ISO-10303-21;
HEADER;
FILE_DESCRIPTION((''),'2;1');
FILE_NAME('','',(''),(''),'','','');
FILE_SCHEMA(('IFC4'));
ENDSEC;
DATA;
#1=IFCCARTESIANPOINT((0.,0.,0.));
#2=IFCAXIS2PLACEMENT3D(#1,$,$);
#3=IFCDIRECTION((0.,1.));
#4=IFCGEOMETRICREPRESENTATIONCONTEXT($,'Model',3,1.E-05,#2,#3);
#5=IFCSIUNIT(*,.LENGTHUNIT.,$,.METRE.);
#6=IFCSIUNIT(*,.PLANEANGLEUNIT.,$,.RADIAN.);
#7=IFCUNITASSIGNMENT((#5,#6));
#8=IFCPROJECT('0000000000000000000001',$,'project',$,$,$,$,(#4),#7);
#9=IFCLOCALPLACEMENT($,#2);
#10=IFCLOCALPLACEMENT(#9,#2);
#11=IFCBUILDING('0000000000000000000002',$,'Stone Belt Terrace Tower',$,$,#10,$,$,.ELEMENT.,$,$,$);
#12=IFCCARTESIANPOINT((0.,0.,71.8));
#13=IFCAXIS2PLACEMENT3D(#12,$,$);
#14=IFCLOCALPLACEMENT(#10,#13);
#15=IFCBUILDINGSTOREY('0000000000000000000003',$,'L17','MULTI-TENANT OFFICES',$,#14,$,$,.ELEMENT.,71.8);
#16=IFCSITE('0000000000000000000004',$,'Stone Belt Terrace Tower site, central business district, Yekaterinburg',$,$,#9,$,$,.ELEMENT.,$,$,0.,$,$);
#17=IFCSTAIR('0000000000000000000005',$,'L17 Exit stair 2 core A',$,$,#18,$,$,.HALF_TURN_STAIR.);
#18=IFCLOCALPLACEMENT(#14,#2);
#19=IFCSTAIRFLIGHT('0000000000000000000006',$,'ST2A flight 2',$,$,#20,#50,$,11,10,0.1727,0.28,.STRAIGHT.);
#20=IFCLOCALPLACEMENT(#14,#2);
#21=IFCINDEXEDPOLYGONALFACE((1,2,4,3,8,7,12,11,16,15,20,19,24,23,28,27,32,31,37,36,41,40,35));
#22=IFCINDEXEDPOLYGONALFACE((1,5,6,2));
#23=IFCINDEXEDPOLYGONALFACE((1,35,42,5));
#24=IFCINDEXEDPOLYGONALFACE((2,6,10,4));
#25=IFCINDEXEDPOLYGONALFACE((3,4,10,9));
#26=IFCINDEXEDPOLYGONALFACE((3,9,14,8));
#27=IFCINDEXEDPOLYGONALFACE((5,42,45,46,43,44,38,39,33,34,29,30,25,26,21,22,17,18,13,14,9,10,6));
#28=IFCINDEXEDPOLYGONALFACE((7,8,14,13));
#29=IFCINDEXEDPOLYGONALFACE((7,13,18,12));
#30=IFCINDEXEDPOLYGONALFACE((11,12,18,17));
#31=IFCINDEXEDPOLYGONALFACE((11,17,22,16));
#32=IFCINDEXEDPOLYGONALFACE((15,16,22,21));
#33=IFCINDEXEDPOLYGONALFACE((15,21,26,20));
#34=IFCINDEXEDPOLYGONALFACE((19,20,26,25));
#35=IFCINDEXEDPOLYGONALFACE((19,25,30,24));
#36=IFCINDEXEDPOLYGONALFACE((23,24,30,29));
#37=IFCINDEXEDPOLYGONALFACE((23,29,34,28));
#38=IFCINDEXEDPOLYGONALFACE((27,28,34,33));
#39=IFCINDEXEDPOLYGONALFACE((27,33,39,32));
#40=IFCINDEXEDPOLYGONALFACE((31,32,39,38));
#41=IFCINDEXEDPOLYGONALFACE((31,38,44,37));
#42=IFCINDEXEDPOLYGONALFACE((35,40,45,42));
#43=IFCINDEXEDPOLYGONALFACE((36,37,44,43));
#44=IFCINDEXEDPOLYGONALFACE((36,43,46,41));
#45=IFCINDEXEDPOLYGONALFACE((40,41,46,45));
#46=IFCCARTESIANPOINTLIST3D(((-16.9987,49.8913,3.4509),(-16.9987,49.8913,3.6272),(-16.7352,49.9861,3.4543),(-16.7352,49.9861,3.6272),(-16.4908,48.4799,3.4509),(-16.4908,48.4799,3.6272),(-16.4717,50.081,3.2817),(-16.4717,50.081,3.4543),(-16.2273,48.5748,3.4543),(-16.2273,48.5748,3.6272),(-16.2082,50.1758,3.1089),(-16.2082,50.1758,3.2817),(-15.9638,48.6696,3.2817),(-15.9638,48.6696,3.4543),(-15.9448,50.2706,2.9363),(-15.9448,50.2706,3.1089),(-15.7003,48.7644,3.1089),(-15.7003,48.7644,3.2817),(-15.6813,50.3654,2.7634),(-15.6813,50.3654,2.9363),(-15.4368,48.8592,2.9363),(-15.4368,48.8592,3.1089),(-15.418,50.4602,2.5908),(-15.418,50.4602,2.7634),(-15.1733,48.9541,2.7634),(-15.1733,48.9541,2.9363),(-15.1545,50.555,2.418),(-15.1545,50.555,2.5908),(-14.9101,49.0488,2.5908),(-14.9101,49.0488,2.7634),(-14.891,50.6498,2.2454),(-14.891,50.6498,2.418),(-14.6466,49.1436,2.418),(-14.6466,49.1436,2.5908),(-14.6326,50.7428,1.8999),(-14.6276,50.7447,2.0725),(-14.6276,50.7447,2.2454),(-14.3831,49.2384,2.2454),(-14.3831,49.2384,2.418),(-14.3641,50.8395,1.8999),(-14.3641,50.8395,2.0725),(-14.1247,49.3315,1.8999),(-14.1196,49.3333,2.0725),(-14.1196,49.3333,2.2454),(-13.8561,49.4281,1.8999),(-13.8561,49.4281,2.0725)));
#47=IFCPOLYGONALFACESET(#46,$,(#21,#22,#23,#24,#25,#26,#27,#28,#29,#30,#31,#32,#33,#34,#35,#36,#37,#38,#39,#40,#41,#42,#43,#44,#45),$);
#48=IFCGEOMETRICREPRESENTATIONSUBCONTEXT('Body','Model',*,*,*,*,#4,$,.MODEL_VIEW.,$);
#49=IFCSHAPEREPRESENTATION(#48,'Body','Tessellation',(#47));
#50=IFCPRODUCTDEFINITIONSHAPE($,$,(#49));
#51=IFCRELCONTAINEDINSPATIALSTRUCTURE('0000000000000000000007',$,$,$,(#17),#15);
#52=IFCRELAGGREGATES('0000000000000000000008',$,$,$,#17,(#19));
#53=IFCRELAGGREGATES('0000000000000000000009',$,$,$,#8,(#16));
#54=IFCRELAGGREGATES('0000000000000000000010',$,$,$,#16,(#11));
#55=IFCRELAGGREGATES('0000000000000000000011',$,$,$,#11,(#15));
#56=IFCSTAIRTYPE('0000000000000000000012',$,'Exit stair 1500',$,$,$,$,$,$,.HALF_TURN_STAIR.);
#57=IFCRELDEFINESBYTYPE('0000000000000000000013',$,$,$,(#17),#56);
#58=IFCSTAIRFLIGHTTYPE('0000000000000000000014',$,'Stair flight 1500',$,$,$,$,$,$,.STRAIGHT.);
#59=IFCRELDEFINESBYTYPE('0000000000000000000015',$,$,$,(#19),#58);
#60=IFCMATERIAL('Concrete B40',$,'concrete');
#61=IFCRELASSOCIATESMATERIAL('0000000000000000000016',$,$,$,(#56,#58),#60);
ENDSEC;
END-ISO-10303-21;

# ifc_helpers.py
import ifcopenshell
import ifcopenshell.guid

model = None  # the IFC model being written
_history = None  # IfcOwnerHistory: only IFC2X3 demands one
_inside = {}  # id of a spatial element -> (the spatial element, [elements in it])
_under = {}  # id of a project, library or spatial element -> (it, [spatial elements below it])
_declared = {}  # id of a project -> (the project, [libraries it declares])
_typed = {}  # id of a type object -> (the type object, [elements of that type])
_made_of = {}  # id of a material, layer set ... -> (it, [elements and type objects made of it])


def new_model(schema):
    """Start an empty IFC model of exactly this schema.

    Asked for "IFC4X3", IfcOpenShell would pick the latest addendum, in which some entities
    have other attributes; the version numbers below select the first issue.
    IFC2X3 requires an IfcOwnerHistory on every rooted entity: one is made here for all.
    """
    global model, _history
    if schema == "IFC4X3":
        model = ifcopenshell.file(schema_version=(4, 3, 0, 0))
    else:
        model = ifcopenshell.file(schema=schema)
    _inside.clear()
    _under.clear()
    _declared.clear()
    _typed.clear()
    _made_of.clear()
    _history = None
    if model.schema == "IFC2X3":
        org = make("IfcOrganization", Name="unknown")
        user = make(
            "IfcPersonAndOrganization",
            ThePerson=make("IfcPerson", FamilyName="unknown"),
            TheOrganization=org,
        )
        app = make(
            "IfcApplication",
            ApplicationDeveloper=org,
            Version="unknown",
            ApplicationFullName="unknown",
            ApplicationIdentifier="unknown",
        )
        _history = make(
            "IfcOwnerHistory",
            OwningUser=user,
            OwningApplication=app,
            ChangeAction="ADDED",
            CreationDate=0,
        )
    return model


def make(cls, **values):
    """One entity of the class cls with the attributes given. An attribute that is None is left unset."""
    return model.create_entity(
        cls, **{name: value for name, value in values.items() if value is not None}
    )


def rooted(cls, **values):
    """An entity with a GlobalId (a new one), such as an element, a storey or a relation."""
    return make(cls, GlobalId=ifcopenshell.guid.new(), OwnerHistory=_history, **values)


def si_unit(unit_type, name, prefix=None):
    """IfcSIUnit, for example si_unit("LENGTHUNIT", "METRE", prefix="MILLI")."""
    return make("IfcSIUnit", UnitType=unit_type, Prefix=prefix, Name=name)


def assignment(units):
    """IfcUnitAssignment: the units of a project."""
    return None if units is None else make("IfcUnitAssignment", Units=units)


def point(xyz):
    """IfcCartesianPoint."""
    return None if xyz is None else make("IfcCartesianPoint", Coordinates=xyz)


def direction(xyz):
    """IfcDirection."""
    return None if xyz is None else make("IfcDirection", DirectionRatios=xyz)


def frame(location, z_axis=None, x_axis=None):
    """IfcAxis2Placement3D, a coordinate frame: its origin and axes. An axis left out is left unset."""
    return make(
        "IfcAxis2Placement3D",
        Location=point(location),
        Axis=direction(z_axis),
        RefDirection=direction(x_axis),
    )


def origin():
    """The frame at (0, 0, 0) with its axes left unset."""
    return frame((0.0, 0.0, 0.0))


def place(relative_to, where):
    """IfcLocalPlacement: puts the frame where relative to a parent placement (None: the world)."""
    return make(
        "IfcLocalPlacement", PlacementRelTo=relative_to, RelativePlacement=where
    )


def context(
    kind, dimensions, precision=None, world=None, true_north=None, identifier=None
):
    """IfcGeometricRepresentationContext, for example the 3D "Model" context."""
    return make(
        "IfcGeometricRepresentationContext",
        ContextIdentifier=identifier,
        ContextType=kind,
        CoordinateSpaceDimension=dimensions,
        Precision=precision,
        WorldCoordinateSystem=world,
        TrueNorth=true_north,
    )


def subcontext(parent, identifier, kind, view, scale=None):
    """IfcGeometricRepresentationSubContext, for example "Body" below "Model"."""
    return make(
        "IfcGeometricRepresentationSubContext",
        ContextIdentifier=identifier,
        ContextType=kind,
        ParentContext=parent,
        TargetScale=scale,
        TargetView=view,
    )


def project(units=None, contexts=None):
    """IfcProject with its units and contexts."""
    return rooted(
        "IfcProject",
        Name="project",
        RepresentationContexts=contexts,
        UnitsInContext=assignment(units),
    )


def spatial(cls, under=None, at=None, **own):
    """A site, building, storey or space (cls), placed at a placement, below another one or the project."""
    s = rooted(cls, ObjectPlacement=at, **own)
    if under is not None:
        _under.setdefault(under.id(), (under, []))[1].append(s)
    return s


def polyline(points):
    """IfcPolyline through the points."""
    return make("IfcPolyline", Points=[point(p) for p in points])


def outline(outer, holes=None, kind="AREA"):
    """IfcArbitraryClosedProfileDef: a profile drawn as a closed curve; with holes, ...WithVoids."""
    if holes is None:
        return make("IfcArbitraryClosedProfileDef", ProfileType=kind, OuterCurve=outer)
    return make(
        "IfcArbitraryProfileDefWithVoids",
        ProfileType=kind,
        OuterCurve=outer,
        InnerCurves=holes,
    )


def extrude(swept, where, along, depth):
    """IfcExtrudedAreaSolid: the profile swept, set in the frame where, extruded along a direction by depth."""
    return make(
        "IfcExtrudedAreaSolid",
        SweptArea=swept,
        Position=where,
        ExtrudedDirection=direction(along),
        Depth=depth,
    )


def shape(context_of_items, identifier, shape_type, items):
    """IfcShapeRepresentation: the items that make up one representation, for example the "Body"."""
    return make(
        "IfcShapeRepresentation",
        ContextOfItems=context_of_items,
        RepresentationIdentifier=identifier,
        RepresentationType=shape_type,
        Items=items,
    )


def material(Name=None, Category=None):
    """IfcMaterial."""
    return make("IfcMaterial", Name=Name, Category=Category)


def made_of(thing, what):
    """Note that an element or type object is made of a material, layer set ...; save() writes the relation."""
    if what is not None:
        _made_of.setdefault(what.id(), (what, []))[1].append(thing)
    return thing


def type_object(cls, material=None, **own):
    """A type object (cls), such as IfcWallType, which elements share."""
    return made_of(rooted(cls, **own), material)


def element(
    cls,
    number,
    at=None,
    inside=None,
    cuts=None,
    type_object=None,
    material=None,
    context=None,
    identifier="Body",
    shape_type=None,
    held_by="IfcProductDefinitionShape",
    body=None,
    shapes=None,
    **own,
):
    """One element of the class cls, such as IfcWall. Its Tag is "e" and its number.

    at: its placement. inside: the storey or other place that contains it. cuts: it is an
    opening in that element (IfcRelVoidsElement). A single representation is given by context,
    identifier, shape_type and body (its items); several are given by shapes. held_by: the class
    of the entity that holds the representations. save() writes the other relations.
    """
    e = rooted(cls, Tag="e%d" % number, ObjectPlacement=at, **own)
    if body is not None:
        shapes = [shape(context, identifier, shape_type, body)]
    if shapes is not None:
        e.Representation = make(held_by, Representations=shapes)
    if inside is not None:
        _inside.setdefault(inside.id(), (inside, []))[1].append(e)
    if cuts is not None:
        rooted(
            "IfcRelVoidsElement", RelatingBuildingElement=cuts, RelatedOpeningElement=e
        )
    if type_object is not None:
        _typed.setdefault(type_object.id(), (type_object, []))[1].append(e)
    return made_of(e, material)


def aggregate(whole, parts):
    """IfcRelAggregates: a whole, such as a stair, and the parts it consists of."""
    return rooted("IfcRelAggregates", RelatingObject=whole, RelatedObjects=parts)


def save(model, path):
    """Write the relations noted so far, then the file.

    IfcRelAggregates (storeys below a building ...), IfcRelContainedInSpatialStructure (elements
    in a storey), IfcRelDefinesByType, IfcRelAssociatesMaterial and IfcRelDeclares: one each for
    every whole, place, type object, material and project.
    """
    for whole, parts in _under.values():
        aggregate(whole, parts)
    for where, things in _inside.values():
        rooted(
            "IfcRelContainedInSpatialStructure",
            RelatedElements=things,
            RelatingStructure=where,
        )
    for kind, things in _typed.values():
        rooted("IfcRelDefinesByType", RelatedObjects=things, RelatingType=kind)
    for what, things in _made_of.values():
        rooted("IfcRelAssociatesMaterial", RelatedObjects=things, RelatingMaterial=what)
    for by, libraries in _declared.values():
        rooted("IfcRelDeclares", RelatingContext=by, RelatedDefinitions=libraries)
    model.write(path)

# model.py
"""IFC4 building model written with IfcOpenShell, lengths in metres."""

from ifc_helpers import new_model, si_unit, direction, frame, origin, place, context, subcontext, project, spatial, polyline, outline, extrude, material, type_object, element, aggregate, save


model = new_model("IFC4")

# Units and contexts
model_context = context("Model", 3, precision=1e-05, world=origin(), true_north=direction((0.0, 1.0)))
body_context = subcontext(model_context, "Body", "Model", "MODEL_VIEW")
ifc_project = project(units=[si_unit("LENGTHUNIT", "METRE"), si_unit("PLANEANGLEUNIT", "RADIAN")], contexts=[model_context])

# Site, building, storey
site_placement = place(None, origin())
site = spatial("IfcSite", under=ifc_project, at=site_placement, Name="Stone Belt Terrace Tower site, central business district, Yekaterinburg", CompositionType="ELEMENT", RefElevation=0.0)
building_placement = place(site_placement, origin())
building = spatial("IfcBuilding", under=site, at=building_placement, Name="Stone Belt Terrace Tower", CompositionType="ELEMENT")
storey_placement = place(building_placement, frame((0.0, 0.0, 71.8)))
storey = spatial("IfcBuildingStorey", under=building, at=storey_placement, Name="L17", Description="MULTI-TENANT OFFICES", CompositionType="ELEMENT", Elevation=71.8)

# Stair, stair flight
ifc_material_1 = material(Name="Concrete B40", Category="concrete")
stair_type = type_object("IfcStairType", Name="Exit stair 1500", PredefinedType="HALF_TURN_STAIR", material=ifc_material_1)
stair_placement = place(storey_placement, origin())
stair = element("IfcStair", 1, at=stair_placement, inside=storey, type_object=stair_type, Name="L17 Exit stair 2 core A", PredefinedType="HALF_TURN_STAIR")
stair_flight_type = type_object("IfcStairFlightType", Name="Stair flight 1500", PredefinedType="STRAIGHT", material=ifc_material_1)
stair_flight_placement = place(storey_placement, frame((-14.1101, 50.1338, 1.8999), z_axis=(0.0, 0.0, 1.0), x_axis=(-0.940922, -0.338624, 0.0)))
stair_flight = element("IfcStairFlight", 2, at=stair_flight_placement, type_object=stair_flight_type, Name="ST2A flight 2", NumberOfRisers=11, NumberOfTreads=10, PredefinedType="STRAIGHT", RiserHeight=0.1727, TreadLength=0.28, context=body_context, shape_type="SweptSolid", body=[
    extrude(outline(polyline([(0.0, 0.0), (0.0, 0.1726), (0.28, 0.1726), (0.28, 0.3455), (0.5601, 0.3455), (0.5601, 0.5181), (0.8401, 0.5181), (0.8401, 0.6909), (1.1201, 0.6909), (1.1201, 0.8635), (1.3999, 0.8635), (1.3999, 1.0364), (1.6799, 1.0364), (1.6799, 1.209), (1.96, 1.209), (1.96, 1.3818), (2.24, 1.3818), (2.24, 1.5544), (2.52, 1.5544), (2.52, 1.7273), (2.8, 1.7273), (2.8, 1.8999), (2.8, 1.551), (0.2854, 0.0), (0.0, 0.0)])), frame((0.0, 0.75, 0.0), z_axis=(0.0, -1.0, 0.0), x_axis=(1.0, 0.0, 0.0)), (0.0, 0.0, 1.0), 1.5),
])
aggregate(stair, [stair_flight])

save(model, "model.ifc")
